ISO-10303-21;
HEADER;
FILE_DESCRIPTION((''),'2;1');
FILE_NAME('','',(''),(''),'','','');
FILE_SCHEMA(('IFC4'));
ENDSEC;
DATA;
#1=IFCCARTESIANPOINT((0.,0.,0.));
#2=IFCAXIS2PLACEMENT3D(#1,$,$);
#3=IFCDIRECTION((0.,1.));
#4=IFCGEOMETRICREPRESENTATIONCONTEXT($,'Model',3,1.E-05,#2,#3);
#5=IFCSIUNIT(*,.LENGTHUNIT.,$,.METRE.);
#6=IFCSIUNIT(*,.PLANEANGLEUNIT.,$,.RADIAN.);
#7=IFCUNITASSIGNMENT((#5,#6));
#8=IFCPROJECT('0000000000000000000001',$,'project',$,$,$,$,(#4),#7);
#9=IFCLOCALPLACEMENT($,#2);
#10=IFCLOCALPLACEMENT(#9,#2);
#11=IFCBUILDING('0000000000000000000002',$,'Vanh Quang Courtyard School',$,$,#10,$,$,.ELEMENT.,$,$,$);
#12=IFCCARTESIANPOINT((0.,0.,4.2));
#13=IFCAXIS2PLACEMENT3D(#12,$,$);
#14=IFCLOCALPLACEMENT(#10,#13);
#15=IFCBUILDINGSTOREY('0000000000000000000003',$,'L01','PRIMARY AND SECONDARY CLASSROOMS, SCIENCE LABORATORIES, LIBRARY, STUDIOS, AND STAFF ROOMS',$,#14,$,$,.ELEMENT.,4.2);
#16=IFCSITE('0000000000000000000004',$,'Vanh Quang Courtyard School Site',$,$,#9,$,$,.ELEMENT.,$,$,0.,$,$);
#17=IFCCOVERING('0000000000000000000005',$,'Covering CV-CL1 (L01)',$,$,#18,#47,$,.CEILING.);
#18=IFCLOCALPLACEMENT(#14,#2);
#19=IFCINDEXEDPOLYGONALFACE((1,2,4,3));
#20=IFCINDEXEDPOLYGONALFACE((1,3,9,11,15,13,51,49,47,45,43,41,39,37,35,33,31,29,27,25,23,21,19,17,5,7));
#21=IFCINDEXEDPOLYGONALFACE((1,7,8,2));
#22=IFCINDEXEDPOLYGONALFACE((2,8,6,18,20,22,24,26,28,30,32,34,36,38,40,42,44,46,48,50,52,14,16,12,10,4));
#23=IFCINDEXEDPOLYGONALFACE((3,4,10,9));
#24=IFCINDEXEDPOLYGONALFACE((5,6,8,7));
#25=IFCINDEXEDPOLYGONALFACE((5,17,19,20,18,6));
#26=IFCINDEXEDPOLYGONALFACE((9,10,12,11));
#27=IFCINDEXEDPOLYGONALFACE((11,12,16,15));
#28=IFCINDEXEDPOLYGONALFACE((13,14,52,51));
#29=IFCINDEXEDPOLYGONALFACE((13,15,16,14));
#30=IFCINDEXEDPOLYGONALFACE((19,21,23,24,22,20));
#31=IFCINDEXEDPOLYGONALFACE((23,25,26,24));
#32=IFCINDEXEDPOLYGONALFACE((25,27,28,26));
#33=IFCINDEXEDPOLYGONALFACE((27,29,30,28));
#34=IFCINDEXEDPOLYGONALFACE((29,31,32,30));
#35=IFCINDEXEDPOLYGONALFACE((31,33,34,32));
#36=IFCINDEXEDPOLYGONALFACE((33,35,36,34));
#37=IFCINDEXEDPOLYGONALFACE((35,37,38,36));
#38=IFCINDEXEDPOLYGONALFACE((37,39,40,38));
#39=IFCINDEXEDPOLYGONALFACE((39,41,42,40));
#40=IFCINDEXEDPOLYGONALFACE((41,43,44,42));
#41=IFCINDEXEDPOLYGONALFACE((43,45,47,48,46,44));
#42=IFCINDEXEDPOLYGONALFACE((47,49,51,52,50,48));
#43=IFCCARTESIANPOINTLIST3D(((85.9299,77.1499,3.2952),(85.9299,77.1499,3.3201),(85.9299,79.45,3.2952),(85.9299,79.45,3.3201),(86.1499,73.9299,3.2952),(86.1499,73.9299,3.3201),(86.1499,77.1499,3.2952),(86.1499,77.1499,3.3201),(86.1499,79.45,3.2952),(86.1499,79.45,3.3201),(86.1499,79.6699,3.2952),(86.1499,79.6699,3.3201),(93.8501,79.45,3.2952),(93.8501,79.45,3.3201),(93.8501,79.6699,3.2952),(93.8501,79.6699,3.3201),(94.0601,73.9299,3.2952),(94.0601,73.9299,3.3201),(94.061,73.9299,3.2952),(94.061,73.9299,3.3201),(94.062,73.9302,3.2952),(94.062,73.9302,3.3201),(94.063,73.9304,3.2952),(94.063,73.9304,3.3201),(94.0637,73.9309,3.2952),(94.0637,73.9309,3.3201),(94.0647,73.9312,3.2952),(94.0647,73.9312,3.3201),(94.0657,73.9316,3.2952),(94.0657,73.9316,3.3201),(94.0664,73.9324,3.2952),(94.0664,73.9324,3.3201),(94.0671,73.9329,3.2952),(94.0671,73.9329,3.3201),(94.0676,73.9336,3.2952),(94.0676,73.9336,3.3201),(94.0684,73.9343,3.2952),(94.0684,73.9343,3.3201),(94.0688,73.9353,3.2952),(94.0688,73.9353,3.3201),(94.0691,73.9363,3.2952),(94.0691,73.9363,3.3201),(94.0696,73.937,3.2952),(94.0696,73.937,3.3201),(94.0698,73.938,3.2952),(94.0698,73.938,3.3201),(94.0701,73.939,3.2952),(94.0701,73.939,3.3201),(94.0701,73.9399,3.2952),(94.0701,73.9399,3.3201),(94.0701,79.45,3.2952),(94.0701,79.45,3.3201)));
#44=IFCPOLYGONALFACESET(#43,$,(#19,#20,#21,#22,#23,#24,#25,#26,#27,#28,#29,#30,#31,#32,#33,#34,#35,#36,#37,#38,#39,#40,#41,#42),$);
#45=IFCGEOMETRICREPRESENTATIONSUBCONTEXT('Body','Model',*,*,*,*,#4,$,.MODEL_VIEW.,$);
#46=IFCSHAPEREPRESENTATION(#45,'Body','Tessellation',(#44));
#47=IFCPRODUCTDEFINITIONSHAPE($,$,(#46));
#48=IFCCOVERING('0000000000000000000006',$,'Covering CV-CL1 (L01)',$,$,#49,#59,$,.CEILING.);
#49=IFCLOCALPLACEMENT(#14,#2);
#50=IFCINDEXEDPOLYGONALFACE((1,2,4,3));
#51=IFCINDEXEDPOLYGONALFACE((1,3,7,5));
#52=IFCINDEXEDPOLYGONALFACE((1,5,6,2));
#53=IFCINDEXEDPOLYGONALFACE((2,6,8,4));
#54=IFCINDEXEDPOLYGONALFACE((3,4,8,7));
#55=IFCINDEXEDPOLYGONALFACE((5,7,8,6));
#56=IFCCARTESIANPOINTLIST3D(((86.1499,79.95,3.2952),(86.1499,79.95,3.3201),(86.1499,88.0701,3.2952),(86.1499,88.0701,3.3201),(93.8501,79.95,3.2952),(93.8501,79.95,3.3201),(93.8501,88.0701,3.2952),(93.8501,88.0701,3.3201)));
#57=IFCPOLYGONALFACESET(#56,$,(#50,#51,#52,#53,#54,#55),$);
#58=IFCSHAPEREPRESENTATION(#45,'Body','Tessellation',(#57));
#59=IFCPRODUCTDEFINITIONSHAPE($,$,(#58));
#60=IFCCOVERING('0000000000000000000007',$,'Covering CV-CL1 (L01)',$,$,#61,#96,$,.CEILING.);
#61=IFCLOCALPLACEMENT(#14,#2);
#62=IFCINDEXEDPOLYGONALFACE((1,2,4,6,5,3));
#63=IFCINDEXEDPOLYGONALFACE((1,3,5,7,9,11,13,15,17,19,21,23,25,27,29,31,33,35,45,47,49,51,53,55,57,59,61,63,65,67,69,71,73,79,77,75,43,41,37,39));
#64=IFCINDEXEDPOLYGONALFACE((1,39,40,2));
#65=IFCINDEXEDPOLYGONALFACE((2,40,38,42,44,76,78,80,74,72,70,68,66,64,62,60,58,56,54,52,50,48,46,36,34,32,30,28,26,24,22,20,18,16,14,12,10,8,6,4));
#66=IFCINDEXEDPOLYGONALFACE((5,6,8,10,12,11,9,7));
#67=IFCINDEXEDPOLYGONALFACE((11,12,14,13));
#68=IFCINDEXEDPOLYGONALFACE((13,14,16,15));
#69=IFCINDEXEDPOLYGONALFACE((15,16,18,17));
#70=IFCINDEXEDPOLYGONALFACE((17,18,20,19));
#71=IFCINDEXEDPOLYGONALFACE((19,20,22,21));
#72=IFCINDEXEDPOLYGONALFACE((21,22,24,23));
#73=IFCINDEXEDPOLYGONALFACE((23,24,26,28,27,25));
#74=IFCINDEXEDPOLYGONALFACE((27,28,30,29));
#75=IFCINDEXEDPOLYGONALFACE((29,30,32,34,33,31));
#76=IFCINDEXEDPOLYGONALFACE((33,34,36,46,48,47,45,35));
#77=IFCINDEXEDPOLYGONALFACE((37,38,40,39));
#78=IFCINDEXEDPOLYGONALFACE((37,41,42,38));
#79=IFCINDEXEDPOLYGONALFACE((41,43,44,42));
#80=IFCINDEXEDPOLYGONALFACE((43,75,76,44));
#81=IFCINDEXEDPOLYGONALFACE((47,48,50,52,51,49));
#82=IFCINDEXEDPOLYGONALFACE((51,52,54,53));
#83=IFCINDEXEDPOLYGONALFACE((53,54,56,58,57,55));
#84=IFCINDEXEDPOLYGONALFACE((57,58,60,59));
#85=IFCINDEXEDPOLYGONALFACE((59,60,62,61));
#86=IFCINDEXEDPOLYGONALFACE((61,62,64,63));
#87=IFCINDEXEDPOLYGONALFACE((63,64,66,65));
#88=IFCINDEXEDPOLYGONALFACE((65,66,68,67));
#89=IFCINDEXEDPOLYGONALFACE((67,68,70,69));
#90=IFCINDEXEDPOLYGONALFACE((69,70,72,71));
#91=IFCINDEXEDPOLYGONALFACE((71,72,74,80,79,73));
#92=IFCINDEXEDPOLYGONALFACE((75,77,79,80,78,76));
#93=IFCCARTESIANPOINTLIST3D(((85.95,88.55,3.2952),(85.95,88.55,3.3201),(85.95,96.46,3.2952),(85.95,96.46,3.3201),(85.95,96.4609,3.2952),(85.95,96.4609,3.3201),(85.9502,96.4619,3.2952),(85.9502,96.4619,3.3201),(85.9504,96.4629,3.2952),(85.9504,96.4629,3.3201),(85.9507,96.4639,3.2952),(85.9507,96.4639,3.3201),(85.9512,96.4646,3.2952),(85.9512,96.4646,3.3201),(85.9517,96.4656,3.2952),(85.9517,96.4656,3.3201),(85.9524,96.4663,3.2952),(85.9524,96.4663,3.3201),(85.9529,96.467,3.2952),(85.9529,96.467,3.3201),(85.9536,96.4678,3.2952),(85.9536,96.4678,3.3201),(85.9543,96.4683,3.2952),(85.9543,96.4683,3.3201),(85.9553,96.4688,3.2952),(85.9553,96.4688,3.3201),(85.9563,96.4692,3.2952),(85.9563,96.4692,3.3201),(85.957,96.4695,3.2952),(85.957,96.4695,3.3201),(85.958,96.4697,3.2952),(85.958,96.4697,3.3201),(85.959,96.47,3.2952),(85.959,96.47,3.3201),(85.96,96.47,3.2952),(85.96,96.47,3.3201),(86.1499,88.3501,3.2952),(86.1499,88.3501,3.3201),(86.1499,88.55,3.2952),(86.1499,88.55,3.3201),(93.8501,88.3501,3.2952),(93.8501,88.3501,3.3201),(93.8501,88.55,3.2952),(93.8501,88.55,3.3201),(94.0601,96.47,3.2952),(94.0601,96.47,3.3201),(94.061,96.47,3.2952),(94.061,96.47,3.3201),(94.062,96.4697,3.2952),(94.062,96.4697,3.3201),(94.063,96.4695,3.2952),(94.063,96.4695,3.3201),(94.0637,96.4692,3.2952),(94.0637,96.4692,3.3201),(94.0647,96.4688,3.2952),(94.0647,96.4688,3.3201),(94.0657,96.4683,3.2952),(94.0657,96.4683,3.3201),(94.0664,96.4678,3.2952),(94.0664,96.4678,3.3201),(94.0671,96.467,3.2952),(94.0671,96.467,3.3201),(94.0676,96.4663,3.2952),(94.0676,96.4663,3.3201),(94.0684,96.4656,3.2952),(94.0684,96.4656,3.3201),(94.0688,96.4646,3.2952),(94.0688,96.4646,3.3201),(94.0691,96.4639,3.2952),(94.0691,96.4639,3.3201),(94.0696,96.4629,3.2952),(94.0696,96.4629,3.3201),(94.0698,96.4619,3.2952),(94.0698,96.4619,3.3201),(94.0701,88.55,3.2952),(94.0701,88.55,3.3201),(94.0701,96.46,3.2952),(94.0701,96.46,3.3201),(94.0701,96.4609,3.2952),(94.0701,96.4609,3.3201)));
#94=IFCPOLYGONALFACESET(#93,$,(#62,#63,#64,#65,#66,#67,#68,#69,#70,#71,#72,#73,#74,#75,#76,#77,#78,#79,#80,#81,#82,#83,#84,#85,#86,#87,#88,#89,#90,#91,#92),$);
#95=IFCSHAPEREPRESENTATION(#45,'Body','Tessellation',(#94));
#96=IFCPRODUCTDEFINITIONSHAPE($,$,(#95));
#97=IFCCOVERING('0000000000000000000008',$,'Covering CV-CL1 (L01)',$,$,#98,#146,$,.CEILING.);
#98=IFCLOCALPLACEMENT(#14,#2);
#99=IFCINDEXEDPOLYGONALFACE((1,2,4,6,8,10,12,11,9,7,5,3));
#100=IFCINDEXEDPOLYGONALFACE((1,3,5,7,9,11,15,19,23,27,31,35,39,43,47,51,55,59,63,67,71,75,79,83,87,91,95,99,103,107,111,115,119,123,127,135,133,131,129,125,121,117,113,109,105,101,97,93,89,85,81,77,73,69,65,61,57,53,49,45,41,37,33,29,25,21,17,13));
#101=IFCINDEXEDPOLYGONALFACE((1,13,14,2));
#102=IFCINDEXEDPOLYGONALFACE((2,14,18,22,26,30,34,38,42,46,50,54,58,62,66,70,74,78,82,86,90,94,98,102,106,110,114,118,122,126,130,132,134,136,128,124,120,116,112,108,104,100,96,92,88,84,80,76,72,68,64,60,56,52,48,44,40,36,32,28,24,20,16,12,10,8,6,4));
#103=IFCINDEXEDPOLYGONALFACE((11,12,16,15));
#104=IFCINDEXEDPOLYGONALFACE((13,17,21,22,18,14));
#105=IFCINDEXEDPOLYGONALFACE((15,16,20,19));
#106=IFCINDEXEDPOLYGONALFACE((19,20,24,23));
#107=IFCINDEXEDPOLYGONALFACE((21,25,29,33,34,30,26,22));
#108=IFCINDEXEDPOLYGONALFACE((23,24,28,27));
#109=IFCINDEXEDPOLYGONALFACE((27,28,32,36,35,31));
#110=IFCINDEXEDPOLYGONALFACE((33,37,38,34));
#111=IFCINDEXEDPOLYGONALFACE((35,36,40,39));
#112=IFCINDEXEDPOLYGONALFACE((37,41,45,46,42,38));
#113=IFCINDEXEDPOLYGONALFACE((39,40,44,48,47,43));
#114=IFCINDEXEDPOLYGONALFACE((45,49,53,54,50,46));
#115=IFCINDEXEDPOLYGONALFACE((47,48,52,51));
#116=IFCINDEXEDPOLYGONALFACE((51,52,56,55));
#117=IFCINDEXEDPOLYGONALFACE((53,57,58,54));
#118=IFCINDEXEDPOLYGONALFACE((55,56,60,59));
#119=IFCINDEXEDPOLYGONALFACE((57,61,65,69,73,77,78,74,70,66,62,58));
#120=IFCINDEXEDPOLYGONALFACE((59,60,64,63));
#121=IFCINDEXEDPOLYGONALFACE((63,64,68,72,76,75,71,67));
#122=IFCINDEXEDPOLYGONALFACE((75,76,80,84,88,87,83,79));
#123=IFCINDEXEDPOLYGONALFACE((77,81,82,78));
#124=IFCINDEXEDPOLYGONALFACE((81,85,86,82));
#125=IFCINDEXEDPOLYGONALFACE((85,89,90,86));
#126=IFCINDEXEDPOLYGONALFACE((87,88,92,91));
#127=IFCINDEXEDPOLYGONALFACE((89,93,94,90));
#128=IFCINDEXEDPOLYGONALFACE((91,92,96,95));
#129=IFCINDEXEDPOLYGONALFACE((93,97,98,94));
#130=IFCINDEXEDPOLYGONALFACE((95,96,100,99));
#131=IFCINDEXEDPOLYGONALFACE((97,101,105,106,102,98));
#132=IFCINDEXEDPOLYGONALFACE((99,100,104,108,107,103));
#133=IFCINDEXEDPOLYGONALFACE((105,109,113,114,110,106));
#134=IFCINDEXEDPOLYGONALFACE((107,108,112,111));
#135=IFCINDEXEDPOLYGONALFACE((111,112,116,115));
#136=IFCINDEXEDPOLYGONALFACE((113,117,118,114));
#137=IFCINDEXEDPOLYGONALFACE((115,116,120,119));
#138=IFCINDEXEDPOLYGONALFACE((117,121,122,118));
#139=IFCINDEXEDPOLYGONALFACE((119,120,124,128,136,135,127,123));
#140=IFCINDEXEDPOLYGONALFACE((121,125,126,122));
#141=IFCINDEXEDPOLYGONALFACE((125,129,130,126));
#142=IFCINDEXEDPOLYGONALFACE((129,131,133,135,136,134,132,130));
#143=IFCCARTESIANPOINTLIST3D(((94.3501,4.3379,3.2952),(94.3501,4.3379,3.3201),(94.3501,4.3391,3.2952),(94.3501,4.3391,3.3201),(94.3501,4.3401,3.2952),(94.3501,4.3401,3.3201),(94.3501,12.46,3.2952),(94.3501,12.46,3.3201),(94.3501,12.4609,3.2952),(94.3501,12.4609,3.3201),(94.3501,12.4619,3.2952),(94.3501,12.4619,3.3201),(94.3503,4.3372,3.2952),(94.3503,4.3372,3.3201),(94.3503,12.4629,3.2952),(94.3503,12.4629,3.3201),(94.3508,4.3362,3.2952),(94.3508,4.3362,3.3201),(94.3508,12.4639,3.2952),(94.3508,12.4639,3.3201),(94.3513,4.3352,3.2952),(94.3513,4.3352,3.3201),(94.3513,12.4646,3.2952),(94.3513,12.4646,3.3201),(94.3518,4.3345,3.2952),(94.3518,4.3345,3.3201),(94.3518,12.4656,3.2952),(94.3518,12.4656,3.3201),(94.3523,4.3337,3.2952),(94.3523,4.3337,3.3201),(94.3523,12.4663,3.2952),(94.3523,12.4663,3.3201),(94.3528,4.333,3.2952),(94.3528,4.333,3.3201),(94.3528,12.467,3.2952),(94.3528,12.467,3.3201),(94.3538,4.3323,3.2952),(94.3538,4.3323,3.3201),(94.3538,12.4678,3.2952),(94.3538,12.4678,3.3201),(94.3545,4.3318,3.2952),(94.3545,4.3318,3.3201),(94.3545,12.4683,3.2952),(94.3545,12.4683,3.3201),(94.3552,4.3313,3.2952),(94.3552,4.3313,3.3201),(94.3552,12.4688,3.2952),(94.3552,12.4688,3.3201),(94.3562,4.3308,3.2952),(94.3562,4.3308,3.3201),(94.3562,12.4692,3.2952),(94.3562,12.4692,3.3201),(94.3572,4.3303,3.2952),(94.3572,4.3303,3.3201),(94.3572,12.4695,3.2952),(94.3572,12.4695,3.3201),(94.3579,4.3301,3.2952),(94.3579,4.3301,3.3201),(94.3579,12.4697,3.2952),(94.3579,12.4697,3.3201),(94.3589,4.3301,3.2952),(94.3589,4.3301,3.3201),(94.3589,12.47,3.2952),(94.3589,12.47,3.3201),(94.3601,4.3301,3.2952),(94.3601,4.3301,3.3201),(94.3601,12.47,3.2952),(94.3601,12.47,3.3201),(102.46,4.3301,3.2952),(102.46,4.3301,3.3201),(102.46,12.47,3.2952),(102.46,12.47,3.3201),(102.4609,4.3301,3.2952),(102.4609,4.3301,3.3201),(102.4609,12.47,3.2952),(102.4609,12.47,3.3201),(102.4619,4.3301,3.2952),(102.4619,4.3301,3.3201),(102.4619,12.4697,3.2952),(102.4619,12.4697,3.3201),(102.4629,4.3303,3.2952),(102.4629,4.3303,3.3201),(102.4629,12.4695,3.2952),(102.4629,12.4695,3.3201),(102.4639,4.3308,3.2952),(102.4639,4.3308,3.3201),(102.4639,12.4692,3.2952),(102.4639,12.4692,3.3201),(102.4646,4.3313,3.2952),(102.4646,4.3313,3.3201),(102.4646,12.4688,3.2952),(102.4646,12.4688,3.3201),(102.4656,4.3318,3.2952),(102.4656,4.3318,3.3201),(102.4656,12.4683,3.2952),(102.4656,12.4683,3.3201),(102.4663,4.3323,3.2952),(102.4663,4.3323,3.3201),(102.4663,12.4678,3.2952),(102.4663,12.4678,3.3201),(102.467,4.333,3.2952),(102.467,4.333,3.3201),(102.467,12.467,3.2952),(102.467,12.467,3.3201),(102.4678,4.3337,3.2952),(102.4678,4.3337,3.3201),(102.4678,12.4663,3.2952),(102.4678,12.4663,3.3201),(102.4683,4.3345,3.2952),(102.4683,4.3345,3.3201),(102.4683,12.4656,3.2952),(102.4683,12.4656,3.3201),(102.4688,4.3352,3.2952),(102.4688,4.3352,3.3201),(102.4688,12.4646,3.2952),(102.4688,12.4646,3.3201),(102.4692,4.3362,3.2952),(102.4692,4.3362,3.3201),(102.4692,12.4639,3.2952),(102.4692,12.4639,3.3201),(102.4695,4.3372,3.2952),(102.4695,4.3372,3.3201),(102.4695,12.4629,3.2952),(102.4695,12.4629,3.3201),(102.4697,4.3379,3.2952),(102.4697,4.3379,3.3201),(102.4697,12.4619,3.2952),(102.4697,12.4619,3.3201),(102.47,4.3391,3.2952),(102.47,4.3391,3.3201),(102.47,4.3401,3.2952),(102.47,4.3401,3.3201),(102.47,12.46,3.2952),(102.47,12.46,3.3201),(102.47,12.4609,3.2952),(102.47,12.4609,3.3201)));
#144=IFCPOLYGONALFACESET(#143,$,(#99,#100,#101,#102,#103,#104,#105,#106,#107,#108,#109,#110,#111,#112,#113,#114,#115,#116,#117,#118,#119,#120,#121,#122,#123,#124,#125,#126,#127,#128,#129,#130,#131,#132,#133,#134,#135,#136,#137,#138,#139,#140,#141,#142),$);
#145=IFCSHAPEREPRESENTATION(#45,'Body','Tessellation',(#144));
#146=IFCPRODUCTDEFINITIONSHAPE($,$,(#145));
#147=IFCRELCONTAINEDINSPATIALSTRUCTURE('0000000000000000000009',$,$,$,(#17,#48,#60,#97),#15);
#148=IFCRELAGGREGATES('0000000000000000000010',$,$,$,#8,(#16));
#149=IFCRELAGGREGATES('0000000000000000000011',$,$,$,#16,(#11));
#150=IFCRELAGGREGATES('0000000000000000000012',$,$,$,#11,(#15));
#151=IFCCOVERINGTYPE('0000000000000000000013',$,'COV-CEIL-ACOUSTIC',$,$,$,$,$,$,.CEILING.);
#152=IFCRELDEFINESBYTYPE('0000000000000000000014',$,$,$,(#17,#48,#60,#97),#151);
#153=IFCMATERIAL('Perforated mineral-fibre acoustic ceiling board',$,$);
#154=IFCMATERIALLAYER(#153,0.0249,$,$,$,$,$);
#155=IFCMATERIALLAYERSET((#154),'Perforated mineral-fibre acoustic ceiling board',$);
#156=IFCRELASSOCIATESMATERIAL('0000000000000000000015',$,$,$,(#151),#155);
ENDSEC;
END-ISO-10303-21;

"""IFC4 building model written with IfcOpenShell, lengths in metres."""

from ifc_helpers import new_model, si_unit, direction, frame, origin, place, context, subcontext, project, spatial, polyline, outline, extrude, material, layer, layer_set, type_object, element, save


model = new_model("IFC4")

# Units and contexts
model_context = context("Model", 3, precision=1e-05, world=origin(), true_north=direction((0.0, 1.0)))
body_context = subcontext(model_context, "Body", "Model", "MODEL_VIEW")
ifc_project = project(units=[si_unit("LENGTHUNIT", "METRE"), si_unit("PLANEANGLEUNIT", "RADIAN")], contexts=[model_context])

# Site, building, storey
site_placement = place(None, origin())
site = spatial("IfcSite", under=ifc_project, at=site_placement, Name="Vanh Quang Courtyard School Site", CompositionType="ELEMENT", RefElevation=0.0)
building_placement = place(site_placement, origin())
building = spatial("IfcBuilding", under=site, at=building_placement, Name="Vanh Quang Courtyard School", CompositionType="ELEMENT")
storey_placement = place(building_placement, frame((0.0, 0.0, 4.2)))
storey = spatial("IfcBuildingStorey", under=building, at=storey_placement, Name="L01", Description="PRIMARY AND SECONDARY CLASSROOMS, SCIENCE LABORATORIES, LIBRARY, STUDIOS, AND STAFF ROOMS", CompositionType="ELEMENT", Elevation=4.2)

# Coverings
ifc_material_1 = material(Name="Perforated mineral-fibre acoustic ceiling board")
ifc_layer_1 = layer(ifc_material_1, 0.0249)
ifc_layer_set_1 = layer_set([ifc_layer_1], Name="Perforated mineral-fibre acoustic ceiling board")
covering_type_1 = type_object("IfcCoveringType", Name="COV-CEIL-ACOUSTIC", PredefinedType="CEILING", material=ifc_layer_set_1)
covering_1_placement = place(storey_placement, frame((0.0, 0.0, 3.2952)))
element("IfcCovering", 1, at=covering_1_placement, inside=storey, type_object=covering_type_1, Name="Covering CV-CL1 (L01)", PredefinedType="CEILING", context=body_context, shape_type="SweptSolid", body=[
    extrude(outline(polyline([(85.9299, 79.45), (86.1499, 79.45), (86.1499, 79.6699), (93.8501, 79.6699), (93.8501, 79.45), (94.0701, 79.45), (94.0701, 73.9399), (94.0701, 73.939), (94.0698, 73.938), (94.0696, 73.937), (94.0691, 73.9363), (94.0688, 73.9353), (94.0684, 73.9343), (94.0676, 73.9336), (94.0671, 73.9329), (94.0664, 73.9324), (94.0657, 73.9316), (94.0647, 73.9312), (94.0637, 73.9309), (94.063, 73.9304), (94.062, 73.9302), (94.061, 73.9299), (94.0601, 73.9299), (86.1499, 73.9299), (86.1499, 77.1499), (85.9299, 77.1499), (85.9299, 79.45)])), origin(), (0.0, 0.0, 1.0), 0.0249),
])
covering_2_placement = place(storey_placement, frame((0.0, 0.0, 3.2952)))
element("IfcCovering", 2, at=covering_2_placement, inside=storey, type_object=covering_type_1, Name="Covering CV-CL1 (L01)", PredefinedType="CEILING", context=body_context, shape_type="SweptSolid", body=[
    extrude(outline(polyline([(86.1499, 79.95), (86.1499, 88.0701), (93.8501, 88.0701), (93.8501, 79.95), (86.1499, 79.95)])), origin(), (0.0, 0.0, 1.0), 0.0249),
])
covering_3_placement = place(storey_placement, frame((0.0, 0.0, 3.2952)))
element("IfcCovering", 3, at=covering_3_placement, inside=storey, type_object=covering_type_1, Name="Covering CV-CL1 (L01)", PredefinedType="CEILING", context=body_context, shape_type="SweptSolid", body=[
    extrude(outline(polyline([(86.1499, 88.3501), (86.1499, 88.55), (85.95, 88.55), (85.95, 96.46), (85.95, 96.4609), (85.9502, 96.4619), (85.9504, 96.4629), (85.9507, 96.4639), (85.9512, 96.4646), (85.9517, 96.4656), (85.9524, 96.4663), (85.9529, 96.467), (85.9536, 96.4678), (85.9543, 96.4683), (85.9553, 96.4688), (85.9563, 96.4692), (85.957, 96.4695), (85.958, 96.4697), (85.959, 96.47), (85.96, 96.47), (94.0601, 96.47), (94.061, 96.47), (94.062, 96.4697), (94.063, 96.4695), (94.0637, 96.4692), (94.0647, 96.4688), (94.0657, 96.4683), (94.0664, 96.4678), (94.0671, 96.467), (94.0676, 96.4663), (94.0684, 96.4656), (94.0688, 96.4646), (94.0691, 96.4639), (94.0696, 96.4629), (94.0698, 96.4619), (94.0701, 96.4609), (94.0701, 96.46), (94.0701, 88.55), (93.8501, 88.55), (93.8501, 88.3501), (86.1499, 88.3501)])), origin(), (0.0, 0.0, 1.0), 0.0249),
])
covering_4_placement = place(storey_placement, frame((0.0, 0.0, 3.2952)))
element("IfcCovering", 4, at=covering_4_placement, inside=storey, type_object=covering_type_1, Name="Covering CV-CL1 (L01)", PredefinedType="CEILING", context=body_context, shape_type="SweptSolid", body=[
    extrude(outline(polyline([(94.3501, 12.46), (94.3501, 12.4609), (94.3501, 12.4619), (94.3503, 12.4629), (94.3508, 12.4639), (94.3513, 12.4646), (94.3518, 12.4656), (94.3523, 12.4663), (94.3528, 12.467), (94.3538, 12.4678), (94.3545, 12.4683), (94.3552, 12.4688), (94.3562, 12.4692), (94.3572, 12.4695), (94.3579, 12.4697), (94.3589, 12.47), (94.3601, 12.47), (102.46, 12.47), (102.4609, 12.47), (102.4619, 12.4697), (102.4629, 12.4695), (102.4639, 12.4692), (102.4646, 12.4688), (102.4656, 12.4683), (102.4663, 12.4678), (102.467, 12.467), (102.4678, 12.4663), (102.4683, 12.4656), (102.4688, 12.4646), (102.4692, 12.4639), (102.4695, 12.4629), (102.4697, 12.4619), (102.47, 12.4609), (102.47, 12.46), (102.47, 4.3401), (102.47, 4.3391), (102.4697, 4.3379), (102.4695, 4.3372), (102.4692, 4.3362), (102.4688, 4.3352), (102.4683, 4.3345), (102.4678, 4.3337), (102.467, 4.333), (102.4663, 4.3323), (102.4656, 4.3318), (102.4646, 4.3313), (102.4639, 4.3308), (102.4629, 4.3303), (102.4619, 4.3301), (102.4609, 4.3301), (102.46, 4.3301), (94.3601, 4.3301), (94.3589, 4.3301), (94.3579, 4.3301), (94.3572, 4.3303), (94.3562, 4.3308), (94.3552, 4.3313), (94.3545, 4.3318), (94.3538, 4.3323), (94.3528, 4.333), (94.3523, 4.3337), (94.3518, 4.3345), (94.3513, 4.3352), (94.3508, 4.3362), (94.3503, 4.3372), (94.3501, 4.3379), (94.3501, 4.3391), (94.3501, 4.3401), (94.3501, 12.46)])), origin(), (0.0, 0.0, 1.0), 0.0249),
])

save(model, "model.ifc")
